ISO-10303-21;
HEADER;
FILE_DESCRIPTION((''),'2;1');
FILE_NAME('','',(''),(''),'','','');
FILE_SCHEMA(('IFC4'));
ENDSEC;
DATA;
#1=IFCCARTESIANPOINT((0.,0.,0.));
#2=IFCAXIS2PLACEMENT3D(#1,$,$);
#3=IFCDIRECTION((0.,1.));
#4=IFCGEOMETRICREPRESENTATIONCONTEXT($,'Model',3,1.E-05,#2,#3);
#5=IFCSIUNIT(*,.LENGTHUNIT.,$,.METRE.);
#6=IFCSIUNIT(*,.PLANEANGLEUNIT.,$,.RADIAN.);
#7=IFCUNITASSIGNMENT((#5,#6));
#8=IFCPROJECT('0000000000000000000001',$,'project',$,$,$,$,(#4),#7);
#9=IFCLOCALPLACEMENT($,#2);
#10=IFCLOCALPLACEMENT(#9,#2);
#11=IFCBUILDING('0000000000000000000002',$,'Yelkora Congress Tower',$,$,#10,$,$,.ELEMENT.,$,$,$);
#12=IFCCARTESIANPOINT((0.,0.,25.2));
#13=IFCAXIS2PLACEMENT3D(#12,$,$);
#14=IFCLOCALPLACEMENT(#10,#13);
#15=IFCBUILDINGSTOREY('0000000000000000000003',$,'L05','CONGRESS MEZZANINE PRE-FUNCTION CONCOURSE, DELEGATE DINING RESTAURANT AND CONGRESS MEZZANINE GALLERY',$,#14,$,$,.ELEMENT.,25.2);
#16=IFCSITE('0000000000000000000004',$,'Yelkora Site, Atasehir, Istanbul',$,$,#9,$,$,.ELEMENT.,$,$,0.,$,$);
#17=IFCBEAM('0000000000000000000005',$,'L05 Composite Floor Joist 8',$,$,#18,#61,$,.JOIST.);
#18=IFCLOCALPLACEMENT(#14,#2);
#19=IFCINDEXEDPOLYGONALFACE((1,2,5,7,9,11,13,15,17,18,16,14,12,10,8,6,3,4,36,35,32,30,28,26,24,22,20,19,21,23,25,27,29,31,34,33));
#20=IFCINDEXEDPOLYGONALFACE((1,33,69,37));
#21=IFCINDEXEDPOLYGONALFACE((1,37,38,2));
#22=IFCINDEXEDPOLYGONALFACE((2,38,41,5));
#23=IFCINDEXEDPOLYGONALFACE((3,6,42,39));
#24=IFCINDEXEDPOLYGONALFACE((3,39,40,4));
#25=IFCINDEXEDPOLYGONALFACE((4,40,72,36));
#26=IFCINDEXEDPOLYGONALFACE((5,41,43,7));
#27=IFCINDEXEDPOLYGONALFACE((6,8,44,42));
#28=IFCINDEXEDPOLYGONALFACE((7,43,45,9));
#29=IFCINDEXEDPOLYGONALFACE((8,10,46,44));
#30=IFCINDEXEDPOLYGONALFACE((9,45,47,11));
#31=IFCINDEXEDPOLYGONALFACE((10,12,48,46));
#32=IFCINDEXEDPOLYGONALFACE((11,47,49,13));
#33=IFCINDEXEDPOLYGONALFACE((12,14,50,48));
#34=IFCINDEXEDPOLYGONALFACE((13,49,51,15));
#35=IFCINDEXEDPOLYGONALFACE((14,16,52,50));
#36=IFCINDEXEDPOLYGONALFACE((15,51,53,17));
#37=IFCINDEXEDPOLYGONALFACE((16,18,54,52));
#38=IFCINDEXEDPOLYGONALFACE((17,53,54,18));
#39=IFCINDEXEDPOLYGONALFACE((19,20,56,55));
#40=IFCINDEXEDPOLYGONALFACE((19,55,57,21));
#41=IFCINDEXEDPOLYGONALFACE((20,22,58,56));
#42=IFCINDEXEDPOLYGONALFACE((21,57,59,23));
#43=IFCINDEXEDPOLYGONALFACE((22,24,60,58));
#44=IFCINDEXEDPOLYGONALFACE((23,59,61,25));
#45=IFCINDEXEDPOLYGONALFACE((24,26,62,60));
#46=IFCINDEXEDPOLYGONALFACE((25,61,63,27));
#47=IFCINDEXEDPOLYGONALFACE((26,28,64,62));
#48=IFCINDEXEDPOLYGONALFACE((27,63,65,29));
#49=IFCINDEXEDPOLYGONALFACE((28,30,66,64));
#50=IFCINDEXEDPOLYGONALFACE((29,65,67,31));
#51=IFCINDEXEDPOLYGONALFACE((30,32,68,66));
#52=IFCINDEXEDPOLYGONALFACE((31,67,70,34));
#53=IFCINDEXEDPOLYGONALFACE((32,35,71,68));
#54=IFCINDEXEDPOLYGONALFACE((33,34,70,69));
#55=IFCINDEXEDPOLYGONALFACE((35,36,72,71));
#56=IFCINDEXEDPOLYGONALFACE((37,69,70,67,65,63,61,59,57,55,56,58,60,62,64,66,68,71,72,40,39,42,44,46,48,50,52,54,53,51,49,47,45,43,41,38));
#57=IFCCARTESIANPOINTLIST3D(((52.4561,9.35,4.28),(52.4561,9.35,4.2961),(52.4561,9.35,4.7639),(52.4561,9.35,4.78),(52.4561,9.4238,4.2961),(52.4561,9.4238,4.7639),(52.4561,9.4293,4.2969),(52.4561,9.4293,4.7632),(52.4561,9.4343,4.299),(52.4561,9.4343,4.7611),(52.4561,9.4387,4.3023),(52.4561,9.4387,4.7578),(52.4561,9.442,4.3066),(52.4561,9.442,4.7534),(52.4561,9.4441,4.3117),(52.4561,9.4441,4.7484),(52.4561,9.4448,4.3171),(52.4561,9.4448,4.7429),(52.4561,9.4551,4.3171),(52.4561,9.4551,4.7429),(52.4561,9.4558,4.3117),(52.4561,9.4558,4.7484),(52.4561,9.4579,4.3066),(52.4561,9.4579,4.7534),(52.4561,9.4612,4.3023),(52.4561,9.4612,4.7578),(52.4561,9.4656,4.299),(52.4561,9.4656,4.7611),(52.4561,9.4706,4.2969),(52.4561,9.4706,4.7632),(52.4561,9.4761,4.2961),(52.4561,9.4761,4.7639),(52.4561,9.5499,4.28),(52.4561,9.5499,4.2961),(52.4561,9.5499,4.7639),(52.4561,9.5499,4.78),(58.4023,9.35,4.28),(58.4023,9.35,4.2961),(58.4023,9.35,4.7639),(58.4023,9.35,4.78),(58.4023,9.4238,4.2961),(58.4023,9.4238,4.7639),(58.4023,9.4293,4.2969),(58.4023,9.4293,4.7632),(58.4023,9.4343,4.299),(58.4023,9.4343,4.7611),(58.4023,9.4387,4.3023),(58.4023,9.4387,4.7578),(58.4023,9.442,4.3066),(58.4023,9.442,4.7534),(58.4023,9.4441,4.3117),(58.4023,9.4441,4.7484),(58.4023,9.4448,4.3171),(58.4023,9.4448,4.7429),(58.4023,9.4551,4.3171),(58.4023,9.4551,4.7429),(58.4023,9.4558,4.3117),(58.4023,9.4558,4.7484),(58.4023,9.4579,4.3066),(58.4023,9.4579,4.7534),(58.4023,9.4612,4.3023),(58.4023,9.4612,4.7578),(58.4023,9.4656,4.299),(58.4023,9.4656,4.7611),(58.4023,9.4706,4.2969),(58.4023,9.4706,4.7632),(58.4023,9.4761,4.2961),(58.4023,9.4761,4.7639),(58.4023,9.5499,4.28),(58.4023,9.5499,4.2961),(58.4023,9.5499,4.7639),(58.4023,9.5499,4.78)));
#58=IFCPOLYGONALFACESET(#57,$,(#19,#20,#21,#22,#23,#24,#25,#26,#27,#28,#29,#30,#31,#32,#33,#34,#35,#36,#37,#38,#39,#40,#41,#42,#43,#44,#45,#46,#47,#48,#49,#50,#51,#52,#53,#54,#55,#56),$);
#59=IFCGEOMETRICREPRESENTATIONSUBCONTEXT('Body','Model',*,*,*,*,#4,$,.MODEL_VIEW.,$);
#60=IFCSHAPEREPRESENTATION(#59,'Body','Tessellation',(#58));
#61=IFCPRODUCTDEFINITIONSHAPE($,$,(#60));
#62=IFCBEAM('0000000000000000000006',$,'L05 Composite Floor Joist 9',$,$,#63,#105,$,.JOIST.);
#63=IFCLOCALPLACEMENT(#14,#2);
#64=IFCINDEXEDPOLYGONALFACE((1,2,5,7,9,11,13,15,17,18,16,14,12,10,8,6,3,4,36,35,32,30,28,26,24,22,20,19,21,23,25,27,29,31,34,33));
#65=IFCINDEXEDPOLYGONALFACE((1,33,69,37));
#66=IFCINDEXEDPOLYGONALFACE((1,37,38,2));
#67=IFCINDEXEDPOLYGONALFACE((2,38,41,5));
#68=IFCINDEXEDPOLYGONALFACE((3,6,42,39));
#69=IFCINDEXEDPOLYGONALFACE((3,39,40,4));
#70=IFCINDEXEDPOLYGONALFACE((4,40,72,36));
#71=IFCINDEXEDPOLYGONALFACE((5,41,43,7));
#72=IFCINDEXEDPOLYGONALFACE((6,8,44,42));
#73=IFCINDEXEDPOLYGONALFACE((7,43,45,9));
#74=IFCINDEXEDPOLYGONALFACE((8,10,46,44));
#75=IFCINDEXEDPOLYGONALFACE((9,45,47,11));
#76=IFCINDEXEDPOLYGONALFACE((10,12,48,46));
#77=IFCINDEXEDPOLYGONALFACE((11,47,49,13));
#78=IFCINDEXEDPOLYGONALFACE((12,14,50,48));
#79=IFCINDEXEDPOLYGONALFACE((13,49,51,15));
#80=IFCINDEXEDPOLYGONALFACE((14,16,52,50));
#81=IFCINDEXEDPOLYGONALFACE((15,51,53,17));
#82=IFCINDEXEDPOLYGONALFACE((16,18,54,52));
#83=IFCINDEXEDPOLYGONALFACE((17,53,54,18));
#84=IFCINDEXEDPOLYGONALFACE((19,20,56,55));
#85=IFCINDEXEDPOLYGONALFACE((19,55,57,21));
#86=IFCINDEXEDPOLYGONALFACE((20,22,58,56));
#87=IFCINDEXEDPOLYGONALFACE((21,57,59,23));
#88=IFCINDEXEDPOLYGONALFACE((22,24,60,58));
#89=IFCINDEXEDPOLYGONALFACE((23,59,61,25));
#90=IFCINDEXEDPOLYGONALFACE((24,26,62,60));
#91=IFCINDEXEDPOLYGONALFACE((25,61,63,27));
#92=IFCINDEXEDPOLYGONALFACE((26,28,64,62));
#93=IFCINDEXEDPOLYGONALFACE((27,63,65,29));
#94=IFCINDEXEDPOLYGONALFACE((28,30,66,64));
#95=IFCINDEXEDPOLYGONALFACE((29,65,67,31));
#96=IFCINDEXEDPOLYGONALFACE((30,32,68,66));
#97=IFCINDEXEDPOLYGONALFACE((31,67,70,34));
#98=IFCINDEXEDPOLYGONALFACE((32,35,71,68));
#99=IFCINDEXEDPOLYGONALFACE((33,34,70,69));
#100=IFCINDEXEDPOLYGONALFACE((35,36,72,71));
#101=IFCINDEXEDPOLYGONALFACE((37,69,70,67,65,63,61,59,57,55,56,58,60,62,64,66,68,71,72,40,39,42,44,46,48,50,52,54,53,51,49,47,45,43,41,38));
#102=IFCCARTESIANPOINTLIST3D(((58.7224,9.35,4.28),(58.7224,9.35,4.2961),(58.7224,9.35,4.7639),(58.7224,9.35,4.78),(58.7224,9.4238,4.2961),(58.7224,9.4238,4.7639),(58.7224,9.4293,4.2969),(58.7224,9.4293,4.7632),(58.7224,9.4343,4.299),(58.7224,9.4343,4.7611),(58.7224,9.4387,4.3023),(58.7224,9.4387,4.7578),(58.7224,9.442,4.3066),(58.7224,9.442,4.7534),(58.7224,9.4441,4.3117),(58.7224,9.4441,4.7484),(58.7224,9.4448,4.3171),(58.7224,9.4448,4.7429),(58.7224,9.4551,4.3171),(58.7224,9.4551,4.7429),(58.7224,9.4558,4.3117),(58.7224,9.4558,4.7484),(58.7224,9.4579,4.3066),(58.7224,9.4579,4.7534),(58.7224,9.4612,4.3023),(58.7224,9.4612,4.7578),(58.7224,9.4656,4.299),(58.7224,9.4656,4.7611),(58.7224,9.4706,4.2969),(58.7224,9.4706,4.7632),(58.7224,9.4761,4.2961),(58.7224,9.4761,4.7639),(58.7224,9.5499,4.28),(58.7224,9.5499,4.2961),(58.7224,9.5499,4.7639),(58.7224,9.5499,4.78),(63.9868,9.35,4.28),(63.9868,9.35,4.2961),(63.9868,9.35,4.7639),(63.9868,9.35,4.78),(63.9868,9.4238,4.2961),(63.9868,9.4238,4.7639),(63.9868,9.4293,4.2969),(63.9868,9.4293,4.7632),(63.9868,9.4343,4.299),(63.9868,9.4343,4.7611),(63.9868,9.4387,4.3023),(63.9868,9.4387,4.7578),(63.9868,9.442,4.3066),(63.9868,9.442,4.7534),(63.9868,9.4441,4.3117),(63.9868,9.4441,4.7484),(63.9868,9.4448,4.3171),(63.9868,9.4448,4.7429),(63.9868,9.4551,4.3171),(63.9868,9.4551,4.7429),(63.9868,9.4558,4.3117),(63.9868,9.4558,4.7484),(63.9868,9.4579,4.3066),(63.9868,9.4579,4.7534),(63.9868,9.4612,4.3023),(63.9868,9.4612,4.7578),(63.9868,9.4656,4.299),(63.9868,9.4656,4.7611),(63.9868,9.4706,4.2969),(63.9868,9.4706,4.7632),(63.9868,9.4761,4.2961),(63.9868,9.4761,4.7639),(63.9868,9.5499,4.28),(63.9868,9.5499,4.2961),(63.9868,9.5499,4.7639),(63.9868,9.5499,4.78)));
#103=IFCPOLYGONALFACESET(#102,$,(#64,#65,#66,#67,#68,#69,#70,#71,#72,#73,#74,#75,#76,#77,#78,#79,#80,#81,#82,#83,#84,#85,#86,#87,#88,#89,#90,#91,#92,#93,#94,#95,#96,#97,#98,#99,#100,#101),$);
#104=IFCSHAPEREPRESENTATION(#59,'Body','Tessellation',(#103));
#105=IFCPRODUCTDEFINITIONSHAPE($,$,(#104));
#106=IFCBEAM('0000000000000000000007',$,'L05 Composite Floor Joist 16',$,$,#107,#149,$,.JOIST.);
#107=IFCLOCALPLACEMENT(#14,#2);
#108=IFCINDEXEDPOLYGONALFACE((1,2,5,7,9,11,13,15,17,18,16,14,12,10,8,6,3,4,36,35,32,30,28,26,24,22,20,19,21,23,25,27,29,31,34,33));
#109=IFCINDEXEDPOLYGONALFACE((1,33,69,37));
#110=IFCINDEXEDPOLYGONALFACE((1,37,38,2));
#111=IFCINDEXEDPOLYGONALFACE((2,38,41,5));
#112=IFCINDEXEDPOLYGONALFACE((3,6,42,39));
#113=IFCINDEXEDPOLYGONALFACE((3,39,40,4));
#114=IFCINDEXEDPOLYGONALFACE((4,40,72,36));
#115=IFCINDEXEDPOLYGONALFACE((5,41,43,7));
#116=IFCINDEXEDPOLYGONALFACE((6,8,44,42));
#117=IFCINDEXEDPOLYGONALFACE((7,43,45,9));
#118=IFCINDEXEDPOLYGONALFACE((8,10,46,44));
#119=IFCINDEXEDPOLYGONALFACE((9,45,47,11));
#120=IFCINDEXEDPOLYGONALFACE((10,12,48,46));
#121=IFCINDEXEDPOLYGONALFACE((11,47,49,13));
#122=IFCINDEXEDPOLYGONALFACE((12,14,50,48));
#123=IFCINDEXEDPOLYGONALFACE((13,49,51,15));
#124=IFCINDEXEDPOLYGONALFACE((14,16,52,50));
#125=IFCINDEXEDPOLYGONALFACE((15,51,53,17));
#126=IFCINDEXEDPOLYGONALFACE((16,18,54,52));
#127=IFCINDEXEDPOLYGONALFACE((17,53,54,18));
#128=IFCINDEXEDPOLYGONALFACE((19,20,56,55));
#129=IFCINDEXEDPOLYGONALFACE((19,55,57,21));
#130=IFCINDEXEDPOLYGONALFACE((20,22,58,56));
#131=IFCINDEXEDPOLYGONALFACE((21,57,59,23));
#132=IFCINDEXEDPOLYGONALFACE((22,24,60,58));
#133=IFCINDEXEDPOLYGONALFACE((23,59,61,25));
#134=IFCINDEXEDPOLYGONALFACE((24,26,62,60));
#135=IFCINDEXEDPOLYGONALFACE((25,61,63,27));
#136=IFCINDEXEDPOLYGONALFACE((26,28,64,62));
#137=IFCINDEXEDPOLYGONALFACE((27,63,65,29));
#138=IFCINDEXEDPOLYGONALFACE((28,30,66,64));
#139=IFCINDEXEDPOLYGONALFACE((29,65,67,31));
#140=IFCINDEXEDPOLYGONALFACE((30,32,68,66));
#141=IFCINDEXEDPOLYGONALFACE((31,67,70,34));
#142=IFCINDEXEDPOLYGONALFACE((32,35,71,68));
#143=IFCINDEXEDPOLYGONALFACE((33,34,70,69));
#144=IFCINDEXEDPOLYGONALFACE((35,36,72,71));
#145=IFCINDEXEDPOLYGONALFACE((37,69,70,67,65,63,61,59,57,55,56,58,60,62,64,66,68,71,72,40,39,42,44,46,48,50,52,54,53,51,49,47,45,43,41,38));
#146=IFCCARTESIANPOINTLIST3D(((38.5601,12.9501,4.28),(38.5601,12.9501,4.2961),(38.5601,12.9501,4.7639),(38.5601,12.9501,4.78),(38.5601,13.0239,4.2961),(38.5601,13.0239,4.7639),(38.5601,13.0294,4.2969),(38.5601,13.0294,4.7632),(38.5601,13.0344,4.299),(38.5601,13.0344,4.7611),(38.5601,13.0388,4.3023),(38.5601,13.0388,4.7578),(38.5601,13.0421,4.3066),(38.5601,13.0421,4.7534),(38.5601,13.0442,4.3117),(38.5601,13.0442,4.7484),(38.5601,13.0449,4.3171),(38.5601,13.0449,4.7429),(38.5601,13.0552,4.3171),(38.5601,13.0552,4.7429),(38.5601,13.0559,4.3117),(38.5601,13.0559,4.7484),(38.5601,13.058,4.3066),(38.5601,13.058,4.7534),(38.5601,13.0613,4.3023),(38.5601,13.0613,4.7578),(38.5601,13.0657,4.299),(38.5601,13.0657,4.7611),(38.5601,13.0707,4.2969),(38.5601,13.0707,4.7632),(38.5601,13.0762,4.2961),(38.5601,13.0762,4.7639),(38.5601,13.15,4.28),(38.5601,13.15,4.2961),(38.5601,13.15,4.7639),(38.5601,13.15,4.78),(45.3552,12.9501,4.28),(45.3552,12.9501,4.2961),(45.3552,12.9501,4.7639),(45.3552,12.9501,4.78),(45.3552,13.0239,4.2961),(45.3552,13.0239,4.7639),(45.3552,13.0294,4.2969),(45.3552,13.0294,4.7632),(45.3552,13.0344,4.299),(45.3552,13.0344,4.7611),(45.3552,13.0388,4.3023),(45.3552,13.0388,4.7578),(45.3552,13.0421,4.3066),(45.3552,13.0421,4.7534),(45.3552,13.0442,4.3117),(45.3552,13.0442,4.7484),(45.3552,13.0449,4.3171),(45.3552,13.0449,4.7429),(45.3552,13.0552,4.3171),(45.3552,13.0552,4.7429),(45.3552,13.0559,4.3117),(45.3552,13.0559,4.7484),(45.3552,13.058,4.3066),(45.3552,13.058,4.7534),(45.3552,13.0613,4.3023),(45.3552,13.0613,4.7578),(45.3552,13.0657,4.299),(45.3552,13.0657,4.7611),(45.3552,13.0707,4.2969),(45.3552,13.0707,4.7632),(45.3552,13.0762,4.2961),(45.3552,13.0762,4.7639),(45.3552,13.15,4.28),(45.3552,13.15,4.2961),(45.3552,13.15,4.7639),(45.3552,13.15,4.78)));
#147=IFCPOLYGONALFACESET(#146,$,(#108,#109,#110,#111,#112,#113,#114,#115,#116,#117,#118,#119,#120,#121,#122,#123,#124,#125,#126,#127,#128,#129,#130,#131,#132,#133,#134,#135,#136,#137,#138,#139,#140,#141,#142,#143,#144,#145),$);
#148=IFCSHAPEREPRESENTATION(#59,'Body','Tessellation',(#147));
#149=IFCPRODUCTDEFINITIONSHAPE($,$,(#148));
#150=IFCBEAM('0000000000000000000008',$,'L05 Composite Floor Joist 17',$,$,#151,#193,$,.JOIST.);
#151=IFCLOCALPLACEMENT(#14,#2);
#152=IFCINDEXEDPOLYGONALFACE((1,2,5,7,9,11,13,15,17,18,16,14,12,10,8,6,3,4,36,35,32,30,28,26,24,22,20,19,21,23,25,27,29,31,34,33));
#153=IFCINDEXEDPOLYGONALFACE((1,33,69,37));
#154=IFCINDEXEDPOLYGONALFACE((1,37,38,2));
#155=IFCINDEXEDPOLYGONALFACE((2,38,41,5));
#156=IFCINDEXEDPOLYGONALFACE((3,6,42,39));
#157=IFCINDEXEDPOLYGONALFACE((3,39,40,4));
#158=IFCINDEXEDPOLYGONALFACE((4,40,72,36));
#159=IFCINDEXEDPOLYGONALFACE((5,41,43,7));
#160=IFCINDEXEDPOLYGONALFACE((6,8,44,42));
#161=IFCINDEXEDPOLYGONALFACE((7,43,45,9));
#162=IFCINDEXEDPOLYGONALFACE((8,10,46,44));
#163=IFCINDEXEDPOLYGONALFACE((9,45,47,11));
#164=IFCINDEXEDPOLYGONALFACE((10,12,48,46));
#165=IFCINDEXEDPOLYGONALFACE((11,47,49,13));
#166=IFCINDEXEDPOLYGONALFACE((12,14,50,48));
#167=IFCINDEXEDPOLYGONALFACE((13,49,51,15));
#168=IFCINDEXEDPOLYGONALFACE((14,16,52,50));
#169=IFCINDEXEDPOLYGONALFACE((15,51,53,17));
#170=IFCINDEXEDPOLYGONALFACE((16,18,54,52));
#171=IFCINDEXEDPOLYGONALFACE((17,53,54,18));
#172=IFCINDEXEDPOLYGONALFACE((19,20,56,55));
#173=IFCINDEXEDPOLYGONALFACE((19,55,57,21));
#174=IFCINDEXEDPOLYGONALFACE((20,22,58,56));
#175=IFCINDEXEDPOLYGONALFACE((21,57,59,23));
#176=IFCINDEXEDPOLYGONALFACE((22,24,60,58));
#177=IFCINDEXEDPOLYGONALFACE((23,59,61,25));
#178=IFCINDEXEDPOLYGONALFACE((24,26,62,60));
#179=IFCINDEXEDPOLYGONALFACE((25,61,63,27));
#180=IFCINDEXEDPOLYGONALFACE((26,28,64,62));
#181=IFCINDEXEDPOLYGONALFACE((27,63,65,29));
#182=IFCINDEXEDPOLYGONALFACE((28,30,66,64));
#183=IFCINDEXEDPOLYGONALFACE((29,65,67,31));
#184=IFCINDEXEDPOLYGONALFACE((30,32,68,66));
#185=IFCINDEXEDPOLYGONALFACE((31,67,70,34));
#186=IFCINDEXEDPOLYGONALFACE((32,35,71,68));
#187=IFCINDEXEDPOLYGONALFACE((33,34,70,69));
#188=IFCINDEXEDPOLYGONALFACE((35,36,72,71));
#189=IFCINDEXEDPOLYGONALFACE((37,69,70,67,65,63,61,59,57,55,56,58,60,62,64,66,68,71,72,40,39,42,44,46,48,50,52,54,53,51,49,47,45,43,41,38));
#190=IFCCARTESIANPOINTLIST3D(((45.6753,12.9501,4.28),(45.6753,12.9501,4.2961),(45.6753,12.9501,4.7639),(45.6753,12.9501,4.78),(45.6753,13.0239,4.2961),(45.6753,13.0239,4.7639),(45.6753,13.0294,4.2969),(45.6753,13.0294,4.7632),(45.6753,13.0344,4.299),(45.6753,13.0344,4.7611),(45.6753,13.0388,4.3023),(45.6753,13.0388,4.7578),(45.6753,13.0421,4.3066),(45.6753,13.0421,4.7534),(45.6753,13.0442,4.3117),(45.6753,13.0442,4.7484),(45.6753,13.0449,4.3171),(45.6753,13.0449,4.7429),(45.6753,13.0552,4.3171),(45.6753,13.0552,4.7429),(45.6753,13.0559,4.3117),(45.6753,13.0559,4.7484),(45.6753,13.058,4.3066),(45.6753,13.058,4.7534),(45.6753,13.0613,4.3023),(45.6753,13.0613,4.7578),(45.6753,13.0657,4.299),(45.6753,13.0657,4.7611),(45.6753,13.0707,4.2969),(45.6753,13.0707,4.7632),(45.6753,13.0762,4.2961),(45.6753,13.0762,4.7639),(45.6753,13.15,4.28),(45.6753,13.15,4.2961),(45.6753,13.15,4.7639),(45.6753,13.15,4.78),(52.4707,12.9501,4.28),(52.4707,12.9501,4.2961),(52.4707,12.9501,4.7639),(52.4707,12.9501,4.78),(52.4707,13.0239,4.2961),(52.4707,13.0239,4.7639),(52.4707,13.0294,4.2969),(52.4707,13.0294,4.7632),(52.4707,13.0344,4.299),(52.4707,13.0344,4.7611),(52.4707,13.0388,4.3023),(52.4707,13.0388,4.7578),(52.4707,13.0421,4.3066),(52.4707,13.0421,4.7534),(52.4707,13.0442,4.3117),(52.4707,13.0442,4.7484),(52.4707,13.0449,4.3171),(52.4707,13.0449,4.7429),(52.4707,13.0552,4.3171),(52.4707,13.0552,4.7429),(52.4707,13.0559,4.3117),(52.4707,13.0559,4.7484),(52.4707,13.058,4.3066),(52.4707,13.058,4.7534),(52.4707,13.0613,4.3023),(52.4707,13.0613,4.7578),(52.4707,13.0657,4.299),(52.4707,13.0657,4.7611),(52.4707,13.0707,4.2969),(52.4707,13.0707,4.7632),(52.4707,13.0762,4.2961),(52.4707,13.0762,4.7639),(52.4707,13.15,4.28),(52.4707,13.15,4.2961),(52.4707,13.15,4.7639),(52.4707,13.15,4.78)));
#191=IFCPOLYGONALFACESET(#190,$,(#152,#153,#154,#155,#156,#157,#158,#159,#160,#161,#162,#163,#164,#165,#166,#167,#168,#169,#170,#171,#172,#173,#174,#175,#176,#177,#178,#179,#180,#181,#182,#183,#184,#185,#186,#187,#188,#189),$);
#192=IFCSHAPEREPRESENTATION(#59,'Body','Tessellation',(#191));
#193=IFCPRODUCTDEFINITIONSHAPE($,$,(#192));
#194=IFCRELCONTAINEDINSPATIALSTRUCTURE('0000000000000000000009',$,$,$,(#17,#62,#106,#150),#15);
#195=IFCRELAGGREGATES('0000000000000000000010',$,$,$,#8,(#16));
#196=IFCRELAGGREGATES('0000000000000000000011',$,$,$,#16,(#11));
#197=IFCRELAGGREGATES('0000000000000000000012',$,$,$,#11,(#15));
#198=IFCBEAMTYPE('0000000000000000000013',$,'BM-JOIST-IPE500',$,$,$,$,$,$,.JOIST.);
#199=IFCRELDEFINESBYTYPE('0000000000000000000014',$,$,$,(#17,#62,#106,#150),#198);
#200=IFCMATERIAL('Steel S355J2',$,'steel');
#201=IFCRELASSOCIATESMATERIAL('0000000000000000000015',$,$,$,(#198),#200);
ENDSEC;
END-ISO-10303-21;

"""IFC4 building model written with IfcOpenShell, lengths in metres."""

from ifc_helpers import new_model, si_unit, direction, frame, origin, origin_2d, place, context, subcontext, project, spatial, i_section, extrude, material, material_profile, profile_set, type_object, element, save


model = new_model("IFC4")

# Units and contexts
model_context = context("Model", 3, precision=1e-05, world=origin(), true_north=direction((0.0, 1.0)))
body_context = subcontext(model_context, "Body", "Model", "MODEL_VIEW")
ifc_project = project(units=[si_unit("LENGTHUNIT", "METRE"), si_unit("PLANEANGLEUNIT", "RADIAN")], contexts=[model_context])

# Site, building, storey
site_placement = place(None, origin())
site = spatial("IfcSite", under=ifc_project, at=site_placement, Name="Yelkora Site, Atasehir, Istanbul", CompositionType="ELEMENT", RefElevation=0.0)
building_placement = place(site_placement, origin())
building = spatial("IfcBuilding", under=site, at=building_placement, Name="Yelkora Congress Tower", CompositionType="ELEMENT")
storey_placement = place(building_placement, frame((0.0, 0.0, 25.2)))
storey = spatial("IfcBuildingStorey", under=building, at=storey_placement, Name="L05", Description="CONGRESS MEZZANINE PRE-FUNCTION CONCOURSE, DELEGATE DINING RESTAURANT AND CONGRESS MEZZANINE GALLERY", CompositionType="ELEMENT", Elevation=25.2)

# Beams
ifc_material_1 = material(Name="Steel S355J2", Category="steel")
ifc_material_profile_1 = material_profile(ifc_material_1, i_section(OverallWidth=0.2, OverallDepth=0.5, WebThickness=0.0103, FlangeThickness=0.0161, FilletRadius=0.021, at=origin_2d()), Name="IPE 500")
ifc_profile_set_1 = profile_set([ifc_material_profile_1], Name="Steel S355J2")
beam_type_1 = type_object("IfcBeamType", Name="BM-JOIST-IPE500", PredefinedType="JOIST", material=ifc_profile_set_1)
beam_1_placement = place(storey_placement, frame((52.4561, 9.45, 4.53), z_axis=(1.0, 0.0, 0.0), x_axis=(0.0, 1.0, 0.0)))
element("IfcBeam", 1, at=beam_1_placement, inside=storey, type_object=beam_type_1, Name="L05 Composite Floor Joist 8", PredefinedType="JOIST", context=body_context, shape_type="SweptSolid", body=[
    extrude(i_section(OverallWidth=0.2, OverallDepth=0.5, WebThickness=0.0103, FlangeThickness=0.0161, FilletRadius=0.021, at=origin_2d()), origin(), (0.0, 0.0, 1.0), 5.9463),
])
beam_2_placement = place(storey_placement, frame((58.7224, 9.45, 4.53), z_axis=(1.0, 0.0, 0.0), x_axis=(0.0, 1.0, 0.0)))
element("IfcBeam", 2, at=beam_2_placement, inside=storey, type_object=beam_type_1, Name="L05 Composite Floor Joist 9", PredefinedType="JOIST", context=body_context, shape_type="SweptSolid", body=[
    extrude(i_section(OverallWidth=0.2, OverallDepth=0.5, WebThickness=0.0103, FlangeThickness=0.0161, FilletRadius=0.021, at=origin_2d()), origin(), (0.0, 0.0, 1.0), 5.2644),
])
beam_3_placement = place(storey_placement, frame((38.5601, 13.05, 4.53), z_axis=(1.0, 0.0, 0.0), x_axis=(0.0, 1.0, 0.0)))
element("IfcBeam", 3, at=beam_3_placement, inside=storey, type_object=beam_type_1, Name="L05 Composite Floor Joist 16", PredefinedType="JOIST", context=body_context, shape_type="SweptSolid", body=[
    extrude(i_section(OverallWidth=0.2, OverallDepth=0.5, WebThickness=0.0103, FlangeThickness=0.0161, FilletRadius=0.021, at=origin_2d()), origin(), (0.0, 0.0, 1.0), 6.7952),
])
beam_4_placement = place(storey_placement, frame((45.6753, 13.05, 4.53), z_axis=(1.0, 0.0, 0.0), x_axis=(0.0, 1.0, 0.0)))
element("IfcBeam", 4, at=beam_4_placement, inside=storey, type_object=beam_type_1, Name="L05 Composite Floor Joist 17", PredefinedType="JOIST", context=body_context, shape_type="SweptSolid", body=[
    extrude(i_section(OverallWidth=0.2, OverallDepth=0.5, WebThickness=0.0103, FlangeThickness=0.0161, FilletRadius=0.021, at=origin_2d()), origin(), (0.0, 0.0, 1.0), 6.7954),
])

save(model, "model.ifc")
